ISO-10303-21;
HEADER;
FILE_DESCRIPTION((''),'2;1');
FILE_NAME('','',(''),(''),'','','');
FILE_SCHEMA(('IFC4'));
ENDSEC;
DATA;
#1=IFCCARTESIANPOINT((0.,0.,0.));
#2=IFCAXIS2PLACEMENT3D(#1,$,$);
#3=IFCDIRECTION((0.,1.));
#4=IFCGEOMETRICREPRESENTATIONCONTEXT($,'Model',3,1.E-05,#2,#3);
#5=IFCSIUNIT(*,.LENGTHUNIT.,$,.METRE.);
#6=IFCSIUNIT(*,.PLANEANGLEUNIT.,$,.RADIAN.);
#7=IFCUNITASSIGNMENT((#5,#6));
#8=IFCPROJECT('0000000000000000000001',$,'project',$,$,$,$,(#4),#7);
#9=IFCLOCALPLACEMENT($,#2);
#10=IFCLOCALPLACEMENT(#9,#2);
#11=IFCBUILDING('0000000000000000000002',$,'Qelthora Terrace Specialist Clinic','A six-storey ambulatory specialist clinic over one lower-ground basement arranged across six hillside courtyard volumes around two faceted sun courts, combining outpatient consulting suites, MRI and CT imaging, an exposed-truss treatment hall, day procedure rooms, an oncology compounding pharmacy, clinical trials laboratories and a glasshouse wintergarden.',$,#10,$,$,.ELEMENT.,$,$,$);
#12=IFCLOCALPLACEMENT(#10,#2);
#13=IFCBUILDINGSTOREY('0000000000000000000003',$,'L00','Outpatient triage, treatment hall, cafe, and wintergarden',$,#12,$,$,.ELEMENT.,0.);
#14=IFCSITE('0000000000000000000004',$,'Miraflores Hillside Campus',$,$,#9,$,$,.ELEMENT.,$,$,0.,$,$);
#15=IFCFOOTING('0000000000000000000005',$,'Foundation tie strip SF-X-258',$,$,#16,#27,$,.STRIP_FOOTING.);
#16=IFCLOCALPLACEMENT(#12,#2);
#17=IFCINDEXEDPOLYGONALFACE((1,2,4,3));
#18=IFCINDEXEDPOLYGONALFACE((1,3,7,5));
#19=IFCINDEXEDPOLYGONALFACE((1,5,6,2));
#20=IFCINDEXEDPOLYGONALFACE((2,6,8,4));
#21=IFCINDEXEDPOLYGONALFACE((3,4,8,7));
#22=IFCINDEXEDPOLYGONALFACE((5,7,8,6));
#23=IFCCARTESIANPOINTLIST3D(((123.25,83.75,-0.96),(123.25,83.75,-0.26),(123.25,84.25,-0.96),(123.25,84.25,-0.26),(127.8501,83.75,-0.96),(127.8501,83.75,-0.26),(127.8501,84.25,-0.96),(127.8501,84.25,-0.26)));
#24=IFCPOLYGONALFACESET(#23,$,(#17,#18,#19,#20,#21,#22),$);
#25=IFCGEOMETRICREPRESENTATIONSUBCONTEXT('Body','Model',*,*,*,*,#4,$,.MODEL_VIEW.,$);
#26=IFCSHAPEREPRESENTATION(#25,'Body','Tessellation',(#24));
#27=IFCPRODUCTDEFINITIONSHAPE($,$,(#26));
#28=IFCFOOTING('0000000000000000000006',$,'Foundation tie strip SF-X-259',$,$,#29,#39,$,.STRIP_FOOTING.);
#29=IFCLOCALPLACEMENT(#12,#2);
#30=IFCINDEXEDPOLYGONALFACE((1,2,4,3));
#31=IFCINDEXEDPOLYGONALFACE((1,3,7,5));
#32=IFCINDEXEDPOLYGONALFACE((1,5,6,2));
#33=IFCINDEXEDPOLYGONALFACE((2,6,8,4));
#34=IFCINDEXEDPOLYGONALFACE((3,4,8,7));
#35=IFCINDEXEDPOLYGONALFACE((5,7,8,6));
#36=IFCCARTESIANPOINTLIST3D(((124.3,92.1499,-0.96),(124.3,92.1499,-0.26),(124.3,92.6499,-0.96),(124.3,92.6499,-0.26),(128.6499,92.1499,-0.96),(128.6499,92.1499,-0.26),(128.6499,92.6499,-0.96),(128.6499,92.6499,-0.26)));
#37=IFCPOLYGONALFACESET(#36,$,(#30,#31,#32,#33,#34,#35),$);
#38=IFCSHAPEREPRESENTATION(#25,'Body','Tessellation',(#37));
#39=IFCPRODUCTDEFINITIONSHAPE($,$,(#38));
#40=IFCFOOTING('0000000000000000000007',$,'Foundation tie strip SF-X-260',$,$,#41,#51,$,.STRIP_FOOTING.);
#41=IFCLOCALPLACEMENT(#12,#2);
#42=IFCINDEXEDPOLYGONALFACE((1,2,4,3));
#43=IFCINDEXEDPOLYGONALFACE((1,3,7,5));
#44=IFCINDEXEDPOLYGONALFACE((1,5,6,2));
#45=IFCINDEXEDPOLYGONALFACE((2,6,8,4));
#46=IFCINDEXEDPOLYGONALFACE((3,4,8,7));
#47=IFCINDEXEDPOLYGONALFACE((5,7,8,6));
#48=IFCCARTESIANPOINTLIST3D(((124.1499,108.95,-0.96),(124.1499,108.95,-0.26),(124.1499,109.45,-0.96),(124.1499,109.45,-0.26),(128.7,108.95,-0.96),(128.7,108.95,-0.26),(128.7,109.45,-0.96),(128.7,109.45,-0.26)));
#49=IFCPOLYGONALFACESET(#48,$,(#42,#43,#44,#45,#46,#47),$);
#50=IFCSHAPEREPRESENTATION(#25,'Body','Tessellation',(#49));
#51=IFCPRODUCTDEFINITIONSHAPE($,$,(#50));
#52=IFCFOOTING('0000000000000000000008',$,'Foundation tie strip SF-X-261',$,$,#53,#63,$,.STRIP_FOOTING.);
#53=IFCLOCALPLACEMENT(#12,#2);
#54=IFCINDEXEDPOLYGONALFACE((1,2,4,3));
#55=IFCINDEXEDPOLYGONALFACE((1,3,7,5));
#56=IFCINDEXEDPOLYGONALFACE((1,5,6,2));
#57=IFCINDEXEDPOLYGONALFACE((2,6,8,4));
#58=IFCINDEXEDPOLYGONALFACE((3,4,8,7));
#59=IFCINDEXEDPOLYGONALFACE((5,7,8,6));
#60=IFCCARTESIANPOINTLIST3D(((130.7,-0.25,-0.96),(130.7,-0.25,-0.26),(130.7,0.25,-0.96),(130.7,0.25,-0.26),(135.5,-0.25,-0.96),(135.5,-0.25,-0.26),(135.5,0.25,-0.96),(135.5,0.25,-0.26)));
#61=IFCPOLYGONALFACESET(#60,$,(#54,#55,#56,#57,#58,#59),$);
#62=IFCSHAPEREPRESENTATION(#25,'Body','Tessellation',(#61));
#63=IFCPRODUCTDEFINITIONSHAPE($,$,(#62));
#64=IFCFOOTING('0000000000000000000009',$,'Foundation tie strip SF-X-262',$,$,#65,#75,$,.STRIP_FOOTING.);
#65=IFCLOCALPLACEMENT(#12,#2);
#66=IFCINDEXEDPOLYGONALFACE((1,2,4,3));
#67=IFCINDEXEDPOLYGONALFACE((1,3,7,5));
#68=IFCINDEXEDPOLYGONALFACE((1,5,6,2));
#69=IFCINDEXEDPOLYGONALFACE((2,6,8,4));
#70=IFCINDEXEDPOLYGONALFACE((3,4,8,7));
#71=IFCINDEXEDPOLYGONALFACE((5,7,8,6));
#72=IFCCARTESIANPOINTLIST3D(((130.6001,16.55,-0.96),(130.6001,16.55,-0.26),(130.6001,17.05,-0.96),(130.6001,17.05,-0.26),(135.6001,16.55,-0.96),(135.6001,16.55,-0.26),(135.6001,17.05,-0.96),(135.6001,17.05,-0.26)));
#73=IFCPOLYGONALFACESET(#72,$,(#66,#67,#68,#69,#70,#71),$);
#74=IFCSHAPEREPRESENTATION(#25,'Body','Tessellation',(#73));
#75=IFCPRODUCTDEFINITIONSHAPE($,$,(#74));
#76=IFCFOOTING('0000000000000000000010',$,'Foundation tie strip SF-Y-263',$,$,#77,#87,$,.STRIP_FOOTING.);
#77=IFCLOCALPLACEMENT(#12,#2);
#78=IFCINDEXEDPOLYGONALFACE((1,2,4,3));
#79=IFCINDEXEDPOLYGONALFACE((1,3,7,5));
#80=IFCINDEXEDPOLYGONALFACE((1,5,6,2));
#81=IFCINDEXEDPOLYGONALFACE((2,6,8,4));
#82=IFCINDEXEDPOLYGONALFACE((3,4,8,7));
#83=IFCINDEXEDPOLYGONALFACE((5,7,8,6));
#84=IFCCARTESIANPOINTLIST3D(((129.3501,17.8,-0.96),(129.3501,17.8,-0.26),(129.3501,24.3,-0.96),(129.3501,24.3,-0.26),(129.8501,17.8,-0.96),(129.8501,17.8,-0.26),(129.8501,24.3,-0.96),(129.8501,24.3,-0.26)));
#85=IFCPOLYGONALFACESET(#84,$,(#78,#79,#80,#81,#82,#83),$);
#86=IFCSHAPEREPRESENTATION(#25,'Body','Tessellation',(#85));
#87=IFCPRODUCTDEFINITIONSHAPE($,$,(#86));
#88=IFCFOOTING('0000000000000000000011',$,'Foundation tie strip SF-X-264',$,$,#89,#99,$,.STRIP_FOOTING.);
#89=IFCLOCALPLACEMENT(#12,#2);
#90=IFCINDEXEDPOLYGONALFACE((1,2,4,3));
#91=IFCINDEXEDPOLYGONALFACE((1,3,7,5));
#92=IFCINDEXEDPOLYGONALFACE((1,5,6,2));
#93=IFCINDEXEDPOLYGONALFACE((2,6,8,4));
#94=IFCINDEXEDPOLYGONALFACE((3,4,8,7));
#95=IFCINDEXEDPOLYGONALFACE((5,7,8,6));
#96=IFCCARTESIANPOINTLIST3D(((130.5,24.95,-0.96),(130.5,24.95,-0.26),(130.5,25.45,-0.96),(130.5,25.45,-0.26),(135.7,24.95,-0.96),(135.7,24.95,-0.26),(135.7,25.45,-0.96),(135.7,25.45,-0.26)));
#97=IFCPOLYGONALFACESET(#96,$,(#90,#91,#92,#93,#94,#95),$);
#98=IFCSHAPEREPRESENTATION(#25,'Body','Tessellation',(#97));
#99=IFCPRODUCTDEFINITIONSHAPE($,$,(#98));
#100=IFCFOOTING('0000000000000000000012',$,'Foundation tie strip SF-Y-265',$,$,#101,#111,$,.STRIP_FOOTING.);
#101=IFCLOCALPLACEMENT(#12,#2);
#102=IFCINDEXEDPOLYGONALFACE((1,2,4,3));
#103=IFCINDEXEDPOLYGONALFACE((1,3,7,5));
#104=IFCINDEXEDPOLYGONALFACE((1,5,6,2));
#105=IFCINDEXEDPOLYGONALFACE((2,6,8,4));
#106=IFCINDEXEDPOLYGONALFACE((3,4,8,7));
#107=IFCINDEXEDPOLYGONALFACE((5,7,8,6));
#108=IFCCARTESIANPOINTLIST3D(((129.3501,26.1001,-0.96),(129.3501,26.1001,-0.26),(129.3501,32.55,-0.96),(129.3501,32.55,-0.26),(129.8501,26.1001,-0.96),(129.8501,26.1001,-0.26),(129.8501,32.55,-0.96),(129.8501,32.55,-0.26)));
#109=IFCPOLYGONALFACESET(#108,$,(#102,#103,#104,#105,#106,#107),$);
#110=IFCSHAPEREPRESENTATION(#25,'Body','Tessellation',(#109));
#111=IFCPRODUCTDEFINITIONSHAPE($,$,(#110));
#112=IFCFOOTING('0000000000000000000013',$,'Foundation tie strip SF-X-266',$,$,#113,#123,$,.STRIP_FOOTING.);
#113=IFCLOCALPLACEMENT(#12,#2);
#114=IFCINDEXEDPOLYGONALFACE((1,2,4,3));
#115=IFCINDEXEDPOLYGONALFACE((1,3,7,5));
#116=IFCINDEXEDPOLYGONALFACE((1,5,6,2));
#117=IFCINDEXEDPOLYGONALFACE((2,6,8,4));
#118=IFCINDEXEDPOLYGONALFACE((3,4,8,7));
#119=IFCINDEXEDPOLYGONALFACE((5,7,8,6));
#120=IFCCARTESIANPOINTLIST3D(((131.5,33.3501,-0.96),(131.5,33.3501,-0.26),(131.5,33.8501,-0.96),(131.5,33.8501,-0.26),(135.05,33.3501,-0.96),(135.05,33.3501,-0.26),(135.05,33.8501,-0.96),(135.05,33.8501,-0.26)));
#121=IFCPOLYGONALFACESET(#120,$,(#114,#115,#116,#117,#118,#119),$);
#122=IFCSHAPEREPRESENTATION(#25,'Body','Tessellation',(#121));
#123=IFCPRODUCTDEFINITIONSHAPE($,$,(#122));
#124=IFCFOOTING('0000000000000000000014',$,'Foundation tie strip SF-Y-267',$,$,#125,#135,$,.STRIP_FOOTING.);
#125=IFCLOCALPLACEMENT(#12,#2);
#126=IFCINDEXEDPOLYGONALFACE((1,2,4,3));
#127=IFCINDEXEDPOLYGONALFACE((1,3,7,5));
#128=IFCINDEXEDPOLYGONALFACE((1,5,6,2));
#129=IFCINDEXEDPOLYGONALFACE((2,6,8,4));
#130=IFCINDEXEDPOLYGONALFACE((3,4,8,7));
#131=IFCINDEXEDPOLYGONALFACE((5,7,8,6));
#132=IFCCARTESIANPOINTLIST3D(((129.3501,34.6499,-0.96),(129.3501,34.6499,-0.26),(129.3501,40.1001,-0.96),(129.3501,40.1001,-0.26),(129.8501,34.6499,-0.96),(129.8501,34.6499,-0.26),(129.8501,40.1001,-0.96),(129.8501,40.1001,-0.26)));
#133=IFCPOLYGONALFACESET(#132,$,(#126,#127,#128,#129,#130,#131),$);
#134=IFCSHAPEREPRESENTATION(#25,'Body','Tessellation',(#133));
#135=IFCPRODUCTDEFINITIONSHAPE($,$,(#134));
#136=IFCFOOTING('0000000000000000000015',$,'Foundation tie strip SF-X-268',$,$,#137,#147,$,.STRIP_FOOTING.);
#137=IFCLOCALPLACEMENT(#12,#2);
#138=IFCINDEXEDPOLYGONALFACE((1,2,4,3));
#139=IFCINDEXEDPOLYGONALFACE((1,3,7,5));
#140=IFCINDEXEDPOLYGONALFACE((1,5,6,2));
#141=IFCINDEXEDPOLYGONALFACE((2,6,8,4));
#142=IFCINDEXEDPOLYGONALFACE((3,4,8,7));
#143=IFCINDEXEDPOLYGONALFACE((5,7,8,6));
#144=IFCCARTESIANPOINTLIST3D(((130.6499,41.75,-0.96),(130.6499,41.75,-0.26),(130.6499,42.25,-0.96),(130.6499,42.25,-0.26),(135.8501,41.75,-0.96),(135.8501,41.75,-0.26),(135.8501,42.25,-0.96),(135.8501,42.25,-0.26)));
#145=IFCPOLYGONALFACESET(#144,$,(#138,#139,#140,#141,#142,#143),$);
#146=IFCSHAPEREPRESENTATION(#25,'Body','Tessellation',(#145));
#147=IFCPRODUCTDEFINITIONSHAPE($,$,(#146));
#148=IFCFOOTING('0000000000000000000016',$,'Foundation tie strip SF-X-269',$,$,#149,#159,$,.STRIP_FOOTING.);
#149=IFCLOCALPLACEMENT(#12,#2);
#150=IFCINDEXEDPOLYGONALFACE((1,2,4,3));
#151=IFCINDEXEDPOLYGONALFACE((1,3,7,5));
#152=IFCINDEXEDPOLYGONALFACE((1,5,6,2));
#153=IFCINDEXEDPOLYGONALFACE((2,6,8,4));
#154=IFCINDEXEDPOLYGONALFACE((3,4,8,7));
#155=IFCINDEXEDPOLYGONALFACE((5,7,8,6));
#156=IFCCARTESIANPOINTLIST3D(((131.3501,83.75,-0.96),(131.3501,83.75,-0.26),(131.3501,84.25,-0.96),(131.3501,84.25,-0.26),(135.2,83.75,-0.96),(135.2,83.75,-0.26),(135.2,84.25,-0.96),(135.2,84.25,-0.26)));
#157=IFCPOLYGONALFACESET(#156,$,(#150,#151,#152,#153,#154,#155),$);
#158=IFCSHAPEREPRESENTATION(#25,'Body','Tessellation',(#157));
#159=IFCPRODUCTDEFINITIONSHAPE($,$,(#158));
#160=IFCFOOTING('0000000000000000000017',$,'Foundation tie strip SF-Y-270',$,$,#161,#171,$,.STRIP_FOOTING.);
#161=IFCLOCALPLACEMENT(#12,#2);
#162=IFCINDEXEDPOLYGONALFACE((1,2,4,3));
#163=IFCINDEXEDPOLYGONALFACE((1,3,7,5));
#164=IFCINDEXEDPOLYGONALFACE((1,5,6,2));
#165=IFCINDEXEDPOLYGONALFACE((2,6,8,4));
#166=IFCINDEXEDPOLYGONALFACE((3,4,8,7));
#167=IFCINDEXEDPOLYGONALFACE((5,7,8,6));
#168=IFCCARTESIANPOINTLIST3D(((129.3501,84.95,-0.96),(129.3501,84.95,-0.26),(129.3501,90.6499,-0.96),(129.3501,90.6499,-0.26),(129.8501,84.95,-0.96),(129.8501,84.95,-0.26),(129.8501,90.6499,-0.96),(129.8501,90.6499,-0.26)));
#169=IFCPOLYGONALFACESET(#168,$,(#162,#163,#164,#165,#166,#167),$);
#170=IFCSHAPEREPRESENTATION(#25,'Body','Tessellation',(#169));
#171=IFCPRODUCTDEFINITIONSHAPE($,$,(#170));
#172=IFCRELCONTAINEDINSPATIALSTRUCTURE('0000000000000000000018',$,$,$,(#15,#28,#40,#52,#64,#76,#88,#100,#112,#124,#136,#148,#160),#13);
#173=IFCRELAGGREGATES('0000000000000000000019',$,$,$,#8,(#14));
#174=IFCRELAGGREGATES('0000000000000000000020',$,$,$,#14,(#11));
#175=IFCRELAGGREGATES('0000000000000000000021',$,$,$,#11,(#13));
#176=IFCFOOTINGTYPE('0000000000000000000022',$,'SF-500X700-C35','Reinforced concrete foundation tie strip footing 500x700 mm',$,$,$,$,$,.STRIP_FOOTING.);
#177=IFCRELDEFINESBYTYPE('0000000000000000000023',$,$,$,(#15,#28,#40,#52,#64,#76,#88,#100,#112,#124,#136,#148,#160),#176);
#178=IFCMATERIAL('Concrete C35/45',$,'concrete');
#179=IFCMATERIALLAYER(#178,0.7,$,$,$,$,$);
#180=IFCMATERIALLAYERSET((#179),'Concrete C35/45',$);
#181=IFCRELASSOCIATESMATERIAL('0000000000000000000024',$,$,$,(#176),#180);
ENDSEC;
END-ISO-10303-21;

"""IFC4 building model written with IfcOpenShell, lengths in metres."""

from ifc_helpers import new_model, si_unit, direction, frame, origin, place, context, subcontext, project, spatial, polyline, outline, extrude, material, layer, layer_set, type_object, element, save


model = new_model("IFC4")

# Units and contexts
model_context = context("Model", 3, precision=1e-05, world=origin(), true_north=direction((0.0, 1.0)))
body_context = subcontext(model_context, "Body", "Model", "MODEL_VIEW")
ifc_project = project(units=[si_unit("LENGTHUNIT", "METRE"), si_unit("PLANEANGLEUNIT", "RADIAN")], contexts=[model_context])

# Site, building, storey
site_placement = place(None, origin())
site = spatial("IfcSite", under=ifc_project, at=site_placement, Name="Miraflores Hillside Campus", CompositionType="ELEMENT", RefElevation=0.0)
building_placement = place(site_placement, origin())
building = spatial("IfcBuilding", under=site, at=building_placement, Name="Qelthora Terrace Specialist Clinic", Description="A six-storey ambulatory specialist clinic over one lower-ground basement arranged across six hillside courtyard volumes around two faceted sun courts, combining outpatient consulting suites, MRI and CT imaging, an exposed-truss treatment hall, day procedure rooms, an oncology compounding pharmacy, clinical trials laboratories and a glasshouse wintergarden.", CompositionType="ELEMENT")
storey_placement = place(building_placement, origin())
storey = spatial("IfcBuildingStorey", under=building, at=storey_placement, Name="L00", Description="Outpatient triage, treatment hall, cafe, and wintergarden", CompositionType="ELEMENT", Elevation=0.0)

# Footings
ifc_material = material(Name="Concrete C35/45", Category="concrete")
ifc_layer = layer(ifc_material, 0.7)
ifc_layer_set = layer_set([ifc_layer], Name="Concrete C35/45")
footing_type = type_object("IfcFootingType", Name="SF-500X700-C35", Description="Reinforced concrete foundation tie strip footing 500x700 mm", PredefinedType="STRIP_FOOTING", material=ifc_layer_set)
footing_1_placement = place(storey_placement, frame((0.0, 0.0, -0.96)))
element("IfcFooting", 1, at=footing_1_placement, inside=storey, type_object=footing_type, Name="Foundation tie strip SF-X-258", PredefinedType="STRIP_FOOTING", context=body_context, shape_type="SweptSolid", body=[
    extrude(outline(polyline([(123.25, 83.75), (127.8501, 83.75), (127.8501, 84.25), (123.25, 84.25), (123.25, 83.75)])), origin(), (0.0, 0.0, 1.0), 0.7),
])
footing_2_placement = place(storey_placement, frame((0.0, 0.0, -0.96)))
element("IfcFooting", 2, at=footing_2_placement, inside=storey, type_object=footing_type, Name="Foundation tie strip SF-X-259", PredefinedType="STRIP_FOOTING", context=body_context, shape_type="SweptSolid", body=[
    extrude(outline(polyline([(124.3, 92.1499), (128.6499, 92.1499), (128.6499, 92.6499), (124.3, 92.6499), (124.3, 92.1499)])), origin(), (0.0, 0.0, 1.0), 0.7),
])
footing_3_placement = place(storey_placement, frame((0.0, 0.0, -0.96)))
element("IfcFooting", 3, at=footing_3_placement, inside=storey, type_object=footing_type, Name="Foundation tie strip SF-X-260", PredefinedType="STRIP_FOOTING", context=body_context, shape_type="SweptSolid", body=[
    extrude(outline(polyline([(124.1499, 108.95), (128.7, 108.95), (128.7, 109.45), (124.1499, 109.45), (124.1499, 108.95)])), origin(), (0.0, 0.0, 1.0), 0.7),
])
footing_4_placement = place(storey_placement, frame((0.0, 0.0, -0.96)))
element("IfcFooting", 4, at=footing_4_placement, inside=storey, type_object=footing_type, Name="Foundation tie strip SF-X-261", PredefinedType="STRIP_FOOTING", context=body_context, shape_type="SweptSolid", body=[
    extrude(outline(polyline([(130.7, -0.25), (135.5, -0.25), (135.5, 0.25), (130.7, 0.25), (130.7, -0.25)])), origin(), (0.0, 0.0, 1.0), 0.7),
])
footing_5_placement = place(storey_placement, frame((0.0, 0.0, -0.96)))
element("IfcFooting", 5, at=footing_5_placement, inside=storey, type_object=footing_type, Name="Foundation tie strip SF-X-262", PredefinedType="STRIP_FOOTING", context=body_context, shape_type="SweptSolid", body=[
    extrude(outline(polyline([(130.6001, 16.55), (135.6001, 16.55), (135.6001, 17.05), (130.6001, 17.05), (130.6001, 16.55)])), origin(), (0.0, 0.0, 1.0), 0.7),
])
footing_6_placement = place(storey_placement, frame((0.0, 0.0, -0.96)))
element("IfcFooting", 6, at=footing_6_placement, inside=storey, type_object=footing_type, Name="Foundation tie strip SF-Y-263", PredefinedType="STRIP_FOOTING", context=body_context, shape_type="SweptSolid", body=[
    extrude(outline(polyline([(129.3501, 17.8), (129.8501, 17.8), (129.8501, 24.3), (129.3501, 24.3), (129.3501, 17.8)])), origin(), (0.0, 0.0, 1.0), 0.7),
])
footing_7_placement = place(storey_placement, frame((0.0, 0.0, -0.96)))
element("IfcFooting", 7, at=footing_7_placement, inside=storey, type_object=footing_type, Name="Foundation tie strip SF-X-264", PredefinedType="STRIP_FOOTING", context=body_context, shape_type="SweptSolid", body=[
    extrude(outline(polyline([(130.5, 24.95), (135.7, 24.95), (135.7, 25.45), (130.5, 25.45), (130.5, 24.95)])), origin(), (0.0, 0.0, 1.0), 0.7),
])
footing_8_placement = place(storey_placement, frame((0.0, 0.0, -0.96)))
element("IfcFooting", 8, at=footing_8_placement, inside=storey, type_object=footing_type, Name="Foundation tie strip SF-Y-265", PredefinedType="STRIP_FOOTING", context=body_context, shape_type="SweptSolid", body=[
    extrude(outline(polyline([(129.3501, 26.1001), (129.8501, 26.1001), (129.8501, 32.55), (129.3501, 32.55), (129.3501, 26.1001)])), origin(), (0.0, 0.0, 1.0), 0.7),
])
footing_9_placement = place(storey_placement, frame((0.0, 0.0, -0.96)))
element("IfcFooting", 9, at=footing_9_placement, inside=storey, type_object=footing_type, Name="Foundation tie strip SF-X-266", PredefinedType="STRIP_FOOTING", context=body_context, shape_type="SweptSolid", body=[
    extrude(outline(polyline([(131.5, 33.3501), (135.05, 33.3501), (135.05, 33.8501), (131.5, 33.8501), (131.5, 33.3501)])), origin(), (0.0, 0.0, 1.0), 0.7),
])
footing_10_placement = place(storey_placement, frame((0.0, 0.0, -0.96)))
element("IfcFooting", 10, at=footing_10_placement, inside=storey, type_object=footing_type, Name="Foundation tie strip SF-Y-267", PredefinedType="STRIP_FOOTING", context=body_context, shape_type="SweptSolid", body=[
    extrude(outline(polyline([(129.3501, 34.6499), (129.8501, 34.6499), (129.8501, 40.1001), (129.3501, 40.1001), (129.3501, 34.6499)])), origin(), (0.0, 0.0, 1.0), 0.7),
])
footing_11_placement = place(storey_placement, frame((0.0, 0.0, -0.96)))
element("IfcFooting", 11, at=footing_11_placement, inside=storey, type_object=footing_type, Name="Foundation tie strip SF-X-268", PredefinedType="STRIP_FOOTING", context=body_context, shape_type="SweptSolid", body=[
    extrude(outline(polyline([(130.6499, 41.75), (135.8501, 41.75), (135.8501, 42.25), (130.6499, 42.25), (130.6499, 41.75)])), origin(), (0.0, 0.0, 1.0), 0.7),
])
footing_12_placement = place(storey_placement, frame((0.0, 0.0, -0.96)))
element("IfcFooting", 12, at=footing_12_placement, inside=storey, type_object=footing_type, Name="Foundation tie strip SF-X-269", PredefinedType="STRIP_FOOTING", context=body_context, shape_type="SweptSolid", body=[
    extrude(outline(polyline([(131.3501, 83.75), (135.2, 83.75), (135.2, 84.25), (131.3501, 84.25), (131.3501, 83.75)])), origin(), (0.0, 0.0, 1.0), 0.7),
])
footing_13_placement = place(storey_placement, frame((0.0, 0.0, -0.96)))
element("IfcFooting", 13, at=footing_13_placement, inside=storey, type_object=footing_type, Name="Foundation tie strip SF-Y-270", PredefinedType="STRIP_FOOTING", context=body_context, shape_type="SweptSolid", body=[
    extrude(outline(polyline([(129.3501, 84.95), (129.8501, 84.95), (129.8501, 90.6499), (129.3501, 90.6499), (129.3501, 84.95)])), origin(), (0.0, 0.0, 1.0), 0.7),
])

save(model, "model.ifc")
